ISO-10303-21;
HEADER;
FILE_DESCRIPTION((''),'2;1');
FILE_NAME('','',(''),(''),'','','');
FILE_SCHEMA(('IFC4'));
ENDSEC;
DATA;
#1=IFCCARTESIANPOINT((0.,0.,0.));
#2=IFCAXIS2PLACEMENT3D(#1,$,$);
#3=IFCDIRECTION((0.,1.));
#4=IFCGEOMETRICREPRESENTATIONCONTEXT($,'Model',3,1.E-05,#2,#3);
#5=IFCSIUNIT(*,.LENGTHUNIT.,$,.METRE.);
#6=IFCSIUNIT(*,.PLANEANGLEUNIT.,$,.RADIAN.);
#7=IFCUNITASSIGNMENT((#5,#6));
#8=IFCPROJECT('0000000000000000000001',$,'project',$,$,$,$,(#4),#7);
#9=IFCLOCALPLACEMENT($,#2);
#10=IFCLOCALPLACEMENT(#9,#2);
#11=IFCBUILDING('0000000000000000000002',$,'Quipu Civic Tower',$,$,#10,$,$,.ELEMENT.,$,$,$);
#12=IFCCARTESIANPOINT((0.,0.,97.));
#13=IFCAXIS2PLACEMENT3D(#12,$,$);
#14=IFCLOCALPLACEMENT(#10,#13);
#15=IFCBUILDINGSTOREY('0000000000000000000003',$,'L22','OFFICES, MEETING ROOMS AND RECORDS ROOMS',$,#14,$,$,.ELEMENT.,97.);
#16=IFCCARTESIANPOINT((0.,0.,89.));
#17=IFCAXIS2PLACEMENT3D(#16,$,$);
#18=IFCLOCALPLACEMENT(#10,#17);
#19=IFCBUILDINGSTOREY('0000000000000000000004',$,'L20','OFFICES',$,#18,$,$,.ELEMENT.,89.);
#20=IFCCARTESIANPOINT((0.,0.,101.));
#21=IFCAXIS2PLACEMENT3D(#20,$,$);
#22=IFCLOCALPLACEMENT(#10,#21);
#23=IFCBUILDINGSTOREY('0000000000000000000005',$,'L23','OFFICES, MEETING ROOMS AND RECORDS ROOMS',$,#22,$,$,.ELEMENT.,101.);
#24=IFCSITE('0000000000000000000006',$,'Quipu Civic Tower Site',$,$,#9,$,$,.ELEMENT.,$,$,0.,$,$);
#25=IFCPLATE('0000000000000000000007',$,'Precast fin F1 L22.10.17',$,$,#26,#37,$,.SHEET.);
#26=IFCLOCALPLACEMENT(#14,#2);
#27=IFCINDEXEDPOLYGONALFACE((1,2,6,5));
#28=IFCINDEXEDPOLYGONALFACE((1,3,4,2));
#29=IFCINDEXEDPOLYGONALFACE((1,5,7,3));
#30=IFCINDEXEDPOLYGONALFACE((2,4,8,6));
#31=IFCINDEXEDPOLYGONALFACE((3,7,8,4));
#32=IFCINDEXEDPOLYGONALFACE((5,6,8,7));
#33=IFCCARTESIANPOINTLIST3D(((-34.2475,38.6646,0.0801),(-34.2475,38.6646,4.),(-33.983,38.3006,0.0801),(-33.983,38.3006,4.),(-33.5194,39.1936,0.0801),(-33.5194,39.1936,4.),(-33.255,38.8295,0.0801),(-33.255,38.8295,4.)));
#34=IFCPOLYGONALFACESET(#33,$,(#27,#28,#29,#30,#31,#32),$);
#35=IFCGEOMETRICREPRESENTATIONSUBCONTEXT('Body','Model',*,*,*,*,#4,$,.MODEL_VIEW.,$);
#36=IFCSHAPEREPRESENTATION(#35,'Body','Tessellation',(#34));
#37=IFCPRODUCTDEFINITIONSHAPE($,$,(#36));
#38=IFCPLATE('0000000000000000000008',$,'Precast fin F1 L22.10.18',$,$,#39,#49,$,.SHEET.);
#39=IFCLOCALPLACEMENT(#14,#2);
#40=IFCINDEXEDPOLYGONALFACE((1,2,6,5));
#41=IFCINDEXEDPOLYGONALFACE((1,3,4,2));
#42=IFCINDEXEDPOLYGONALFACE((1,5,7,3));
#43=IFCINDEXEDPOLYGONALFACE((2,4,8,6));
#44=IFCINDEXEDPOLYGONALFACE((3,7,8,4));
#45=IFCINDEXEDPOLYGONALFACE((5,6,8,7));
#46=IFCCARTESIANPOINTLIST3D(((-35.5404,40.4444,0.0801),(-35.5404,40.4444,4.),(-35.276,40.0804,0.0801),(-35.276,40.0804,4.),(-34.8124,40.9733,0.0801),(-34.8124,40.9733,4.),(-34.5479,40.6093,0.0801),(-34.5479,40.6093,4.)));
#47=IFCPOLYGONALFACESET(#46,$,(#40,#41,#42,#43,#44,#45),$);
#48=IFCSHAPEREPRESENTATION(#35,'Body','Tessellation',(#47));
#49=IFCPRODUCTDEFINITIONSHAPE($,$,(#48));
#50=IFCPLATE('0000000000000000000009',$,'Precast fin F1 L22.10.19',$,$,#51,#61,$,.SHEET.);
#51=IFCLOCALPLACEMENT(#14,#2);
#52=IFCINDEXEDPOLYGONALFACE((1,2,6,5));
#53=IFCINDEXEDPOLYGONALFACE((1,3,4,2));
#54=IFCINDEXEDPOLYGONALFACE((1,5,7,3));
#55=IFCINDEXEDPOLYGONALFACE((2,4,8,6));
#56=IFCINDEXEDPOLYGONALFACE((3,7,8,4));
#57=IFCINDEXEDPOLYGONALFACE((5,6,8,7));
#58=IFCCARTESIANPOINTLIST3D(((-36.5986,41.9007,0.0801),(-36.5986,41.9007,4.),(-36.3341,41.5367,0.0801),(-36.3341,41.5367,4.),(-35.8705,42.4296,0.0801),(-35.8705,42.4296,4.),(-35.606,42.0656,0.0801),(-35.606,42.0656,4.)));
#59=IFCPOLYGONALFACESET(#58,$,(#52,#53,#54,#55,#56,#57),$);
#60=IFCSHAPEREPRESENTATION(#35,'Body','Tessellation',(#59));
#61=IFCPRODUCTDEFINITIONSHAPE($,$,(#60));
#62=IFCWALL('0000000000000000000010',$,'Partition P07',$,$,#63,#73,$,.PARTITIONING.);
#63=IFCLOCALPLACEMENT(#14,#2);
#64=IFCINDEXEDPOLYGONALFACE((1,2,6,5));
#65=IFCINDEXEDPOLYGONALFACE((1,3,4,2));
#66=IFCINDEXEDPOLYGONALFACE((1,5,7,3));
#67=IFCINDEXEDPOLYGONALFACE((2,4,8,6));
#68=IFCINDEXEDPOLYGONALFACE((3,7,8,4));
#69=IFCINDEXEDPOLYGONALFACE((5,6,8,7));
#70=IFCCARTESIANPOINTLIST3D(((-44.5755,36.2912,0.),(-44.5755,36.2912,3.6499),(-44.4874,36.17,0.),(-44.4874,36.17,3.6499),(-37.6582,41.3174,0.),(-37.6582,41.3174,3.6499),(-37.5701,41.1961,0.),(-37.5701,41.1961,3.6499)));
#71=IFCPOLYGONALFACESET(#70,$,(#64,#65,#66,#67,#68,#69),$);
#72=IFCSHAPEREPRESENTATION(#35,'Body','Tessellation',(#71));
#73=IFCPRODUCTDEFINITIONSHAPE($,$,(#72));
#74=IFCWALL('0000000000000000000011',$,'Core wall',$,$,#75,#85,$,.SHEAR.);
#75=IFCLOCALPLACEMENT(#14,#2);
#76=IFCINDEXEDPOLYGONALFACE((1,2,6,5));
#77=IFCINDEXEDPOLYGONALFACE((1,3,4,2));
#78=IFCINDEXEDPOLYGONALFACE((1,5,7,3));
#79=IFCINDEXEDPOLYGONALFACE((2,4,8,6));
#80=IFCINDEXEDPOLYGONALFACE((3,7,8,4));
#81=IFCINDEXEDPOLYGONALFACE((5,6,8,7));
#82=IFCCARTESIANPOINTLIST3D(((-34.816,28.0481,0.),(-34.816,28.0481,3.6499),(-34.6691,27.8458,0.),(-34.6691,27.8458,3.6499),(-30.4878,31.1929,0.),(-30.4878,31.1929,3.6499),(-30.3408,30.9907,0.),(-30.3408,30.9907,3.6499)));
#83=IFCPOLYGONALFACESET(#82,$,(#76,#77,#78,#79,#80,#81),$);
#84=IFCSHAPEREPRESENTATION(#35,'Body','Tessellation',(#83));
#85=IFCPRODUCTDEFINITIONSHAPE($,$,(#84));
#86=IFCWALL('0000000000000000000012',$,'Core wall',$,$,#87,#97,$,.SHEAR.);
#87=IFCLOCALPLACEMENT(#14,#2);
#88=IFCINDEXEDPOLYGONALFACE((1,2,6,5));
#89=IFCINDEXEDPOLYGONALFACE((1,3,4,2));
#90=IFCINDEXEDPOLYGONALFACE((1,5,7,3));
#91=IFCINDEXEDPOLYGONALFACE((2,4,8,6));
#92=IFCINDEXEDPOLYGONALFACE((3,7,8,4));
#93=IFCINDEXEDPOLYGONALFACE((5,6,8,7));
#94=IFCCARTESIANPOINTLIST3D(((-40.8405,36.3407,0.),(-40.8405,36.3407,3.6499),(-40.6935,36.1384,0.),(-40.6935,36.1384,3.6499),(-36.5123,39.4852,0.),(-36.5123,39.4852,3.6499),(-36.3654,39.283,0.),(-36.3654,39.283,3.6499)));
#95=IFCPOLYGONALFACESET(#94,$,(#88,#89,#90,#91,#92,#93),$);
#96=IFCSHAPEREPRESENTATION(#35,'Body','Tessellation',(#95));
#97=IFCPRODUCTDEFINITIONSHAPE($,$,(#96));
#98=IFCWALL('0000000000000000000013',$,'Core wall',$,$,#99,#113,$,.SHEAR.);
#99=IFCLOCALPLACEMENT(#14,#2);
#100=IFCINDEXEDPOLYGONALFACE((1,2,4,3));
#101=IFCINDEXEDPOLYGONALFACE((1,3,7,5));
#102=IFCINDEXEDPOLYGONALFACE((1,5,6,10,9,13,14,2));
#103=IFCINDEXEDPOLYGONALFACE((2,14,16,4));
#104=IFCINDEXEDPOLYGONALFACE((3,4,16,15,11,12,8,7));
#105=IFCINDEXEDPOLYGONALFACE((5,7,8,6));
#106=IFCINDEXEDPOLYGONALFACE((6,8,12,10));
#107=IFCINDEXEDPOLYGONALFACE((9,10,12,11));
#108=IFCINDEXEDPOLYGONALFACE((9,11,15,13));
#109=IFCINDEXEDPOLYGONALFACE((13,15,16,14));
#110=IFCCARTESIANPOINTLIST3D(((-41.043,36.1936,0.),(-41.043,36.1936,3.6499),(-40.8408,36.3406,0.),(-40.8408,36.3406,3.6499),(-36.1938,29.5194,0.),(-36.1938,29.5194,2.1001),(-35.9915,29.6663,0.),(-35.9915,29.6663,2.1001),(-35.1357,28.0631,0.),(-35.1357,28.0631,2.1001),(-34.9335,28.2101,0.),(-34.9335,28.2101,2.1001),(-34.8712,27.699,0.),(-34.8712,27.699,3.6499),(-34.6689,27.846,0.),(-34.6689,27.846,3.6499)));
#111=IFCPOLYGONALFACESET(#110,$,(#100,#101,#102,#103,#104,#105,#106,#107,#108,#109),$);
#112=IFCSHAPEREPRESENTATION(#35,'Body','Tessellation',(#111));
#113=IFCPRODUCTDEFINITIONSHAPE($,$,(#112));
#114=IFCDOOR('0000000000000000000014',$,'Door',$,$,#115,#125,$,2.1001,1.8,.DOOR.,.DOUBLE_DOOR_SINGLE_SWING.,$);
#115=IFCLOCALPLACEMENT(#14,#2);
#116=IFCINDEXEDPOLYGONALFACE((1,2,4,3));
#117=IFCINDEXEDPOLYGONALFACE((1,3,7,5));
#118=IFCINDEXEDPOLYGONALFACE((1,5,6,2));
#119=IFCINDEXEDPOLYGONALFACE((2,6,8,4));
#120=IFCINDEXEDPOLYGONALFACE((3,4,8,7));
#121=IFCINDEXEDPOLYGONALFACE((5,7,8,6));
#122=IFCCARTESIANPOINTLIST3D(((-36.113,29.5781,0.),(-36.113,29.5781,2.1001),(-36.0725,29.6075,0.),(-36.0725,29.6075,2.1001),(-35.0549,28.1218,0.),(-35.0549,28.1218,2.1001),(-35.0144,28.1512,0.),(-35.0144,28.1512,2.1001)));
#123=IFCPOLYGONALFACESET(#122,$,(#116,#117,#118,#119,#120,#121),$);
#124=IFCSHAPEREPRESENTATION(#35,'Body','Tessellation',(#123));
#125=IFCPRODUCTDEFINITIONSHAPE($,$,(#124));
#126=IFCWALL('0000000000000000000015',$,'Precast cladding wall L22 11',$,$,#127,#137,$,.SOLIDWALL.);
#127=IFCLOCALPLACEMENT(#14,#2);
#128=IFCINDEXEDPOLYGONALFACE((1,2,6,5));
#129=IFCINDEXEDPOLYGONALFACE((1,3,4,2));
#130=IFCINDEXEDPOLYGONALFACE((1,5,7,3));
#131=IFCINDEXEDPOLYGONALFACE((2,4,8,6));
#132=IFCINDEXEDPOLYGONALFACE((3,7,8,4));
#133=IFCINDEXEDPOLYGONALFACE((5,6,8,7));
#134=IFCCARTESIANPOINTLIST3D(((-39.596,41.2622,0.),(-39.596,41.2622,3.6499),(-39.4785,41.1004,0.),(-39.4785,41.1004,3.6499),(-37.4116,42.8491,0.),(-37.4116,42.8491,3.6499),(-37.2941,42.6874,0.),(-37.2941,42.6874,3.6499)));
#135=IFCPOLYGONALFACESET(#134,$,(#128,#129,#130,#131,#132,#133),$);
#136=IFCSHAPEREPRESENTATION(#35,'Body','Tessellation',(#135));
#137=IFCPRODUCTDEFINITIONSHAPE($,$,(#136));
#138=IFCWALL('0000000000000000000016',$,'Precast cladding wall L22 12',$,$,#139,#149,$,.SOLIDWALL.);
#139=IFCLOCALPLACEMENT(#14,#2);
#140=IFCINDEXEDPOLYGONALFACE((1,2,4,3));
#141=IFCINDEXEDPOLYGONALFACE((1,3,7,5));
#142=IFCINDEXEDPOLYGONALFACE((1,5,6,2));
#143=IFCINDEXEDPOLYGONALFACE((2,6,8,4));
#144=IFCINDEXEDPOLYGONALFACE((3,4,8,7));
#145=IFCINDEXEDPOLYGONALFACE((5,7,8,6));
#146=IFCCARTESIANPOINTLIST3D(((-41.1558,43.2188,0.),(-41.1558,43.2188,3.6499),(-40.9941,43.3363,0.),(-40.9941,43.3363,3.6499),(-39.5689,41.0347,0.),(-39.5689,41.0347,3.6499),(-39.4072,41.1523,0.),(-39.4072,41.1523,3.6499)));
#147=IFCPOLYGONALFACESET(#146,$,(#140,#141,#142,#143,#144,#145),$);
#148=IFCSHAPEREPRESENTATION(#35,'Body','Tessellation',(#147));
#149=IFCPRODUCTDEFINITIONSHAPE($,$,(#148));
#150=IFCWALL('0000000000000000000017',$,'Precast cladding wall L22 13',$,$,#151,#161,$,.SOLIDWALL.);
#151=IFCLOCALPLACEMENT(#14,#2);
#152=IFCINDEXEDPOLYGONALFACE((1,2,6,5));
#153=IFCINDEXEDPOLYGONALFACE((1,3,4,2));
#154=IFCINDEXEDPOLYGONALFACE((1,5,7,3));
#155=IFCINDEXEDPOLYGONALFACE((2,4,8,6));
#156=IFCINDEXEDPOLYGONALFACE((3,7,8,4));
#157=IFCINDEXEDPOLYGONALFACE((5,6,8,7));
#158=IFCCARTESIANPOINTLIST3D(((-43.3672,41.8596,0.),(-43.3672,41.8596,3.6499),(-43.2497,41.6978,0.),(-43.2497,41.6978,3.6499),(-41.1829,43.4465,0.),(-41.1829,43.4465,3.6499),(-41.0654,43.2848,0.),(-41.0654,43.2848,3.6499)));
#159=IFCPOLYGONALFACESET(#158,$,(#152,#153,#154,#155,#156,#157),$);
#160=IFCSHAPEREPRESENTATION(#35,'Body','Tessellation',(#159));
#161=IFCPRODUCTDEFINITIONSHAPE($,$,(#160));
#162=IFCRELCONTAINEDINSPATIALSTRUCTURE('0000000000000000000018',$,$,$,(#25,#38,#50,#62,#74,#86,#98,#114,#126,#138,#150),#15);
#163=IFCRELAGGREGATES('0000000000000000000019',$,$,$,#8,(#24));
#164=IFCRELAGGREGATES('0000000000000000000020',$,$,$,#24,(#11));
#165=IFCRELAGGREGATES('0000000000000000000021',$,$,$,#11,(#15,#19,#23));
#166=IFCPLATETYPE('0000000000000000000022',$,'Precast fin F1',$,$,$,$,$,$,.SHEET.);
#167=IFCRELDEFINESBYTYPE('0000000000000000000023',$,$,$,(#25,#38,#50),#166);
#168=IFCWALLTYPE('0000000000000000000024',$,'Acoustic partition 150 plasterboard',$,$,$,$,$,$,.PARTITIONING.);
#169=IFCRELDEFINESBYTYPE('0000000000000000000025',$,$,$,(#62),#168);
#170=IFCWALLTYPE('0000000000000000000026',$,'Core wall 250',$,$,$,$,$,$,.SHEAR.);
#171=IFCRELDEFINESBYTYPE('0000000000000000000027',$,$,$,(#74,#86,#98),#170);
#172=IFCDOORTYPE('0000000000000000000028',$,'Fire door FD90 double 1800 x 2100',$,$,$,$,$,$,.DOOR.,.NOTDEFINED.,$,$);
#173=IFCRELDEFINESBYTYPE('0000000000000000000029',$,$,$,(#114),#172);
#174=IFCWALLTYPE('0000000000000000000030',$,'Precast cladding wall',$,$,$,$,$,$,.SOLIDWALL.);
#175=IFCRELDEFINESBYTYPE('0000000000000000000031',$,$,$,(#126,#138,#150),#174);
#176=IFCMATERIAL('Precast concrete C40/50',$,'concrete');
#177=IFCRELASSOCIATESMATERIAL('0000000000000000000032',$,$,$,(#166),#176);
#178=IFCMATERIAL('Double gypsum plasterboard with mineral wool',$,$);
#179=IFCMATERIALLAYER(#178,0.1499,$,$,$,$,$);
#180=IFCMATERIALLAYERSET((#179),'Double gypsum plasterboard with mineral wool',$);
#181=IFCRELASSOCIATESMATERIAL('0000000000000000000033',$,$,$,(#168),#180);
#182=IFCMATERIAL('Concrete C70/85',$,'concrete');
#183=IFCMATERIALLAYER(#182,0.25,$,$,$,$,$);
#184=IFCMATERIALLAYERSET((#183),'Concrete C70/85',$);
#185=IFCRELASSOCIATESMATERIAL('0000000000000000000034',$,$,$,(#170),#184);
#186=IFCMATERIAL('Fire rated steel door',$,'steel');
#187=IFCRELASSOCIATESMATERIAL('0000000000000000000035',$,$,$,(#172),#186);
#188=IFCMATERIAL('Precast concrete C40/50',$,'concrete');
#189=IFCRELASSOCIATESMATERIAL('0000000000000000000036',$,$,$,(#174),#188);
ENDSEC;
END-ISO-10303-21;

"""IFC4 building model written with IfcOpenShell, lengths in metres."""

from ifc_helpers import new_model, si_unit, direction, frame, frame_2d, origin, origin_2d, place, context, subcontext, project, spatial, rectangle, extrude, material, layer, layer_set, type_object, element, fill, save


model = new_model("IFC4")

# Units and contexts
model_context = context("Model", 3, precision=1e-05, world=origin(), true_north=direction((0.0, 1.0)))
body_context = subcontext(model_context, "Body", "Model", "MODEL_VIEW")
ifc_project = project(units=[si_unit("LENGTHUNIT", "METRE"), si_unit("PLANEANGLEUNIT", "RADIAN")], contexts=[model_context])

# Site, building, storey
site_placement = place(None, origin())
site = spatial("IfcSite", under=ifc_project, at=site_placement, Name="Quipu Civic Tower Site", CompositionType="ELEMENT", RefElevation=0.0)
building_placement = place(site_placement, origin())
building = spatial("IfcBuilding", under=site, at=building_placement, Name="Quipu Civic Tower", CompositionType="ELEMENT")
storey_1_placement = place(building_placement, frame((0.0, 0.0, 97.0)))
storey_1 = spatial("IfcBuildingStorey", under=building, at=storey_1_placement, Name="L22", Description="OFFICES, MEETING ROOMS AND RECORDS ROOMS", CompositionType="ELEMENT", Elevation=97.0)

# Shared definitions
storey_2_placement = place(building_placement, frame((0.0, 0.0, 89.0)))
storey_2 = spatial("IfcBuildingStorey", under=building, at=storey_2_placement, Name="L20", Description="OFFICES", CompositionType="ELEMENT", Elevation=89.0)

# Shared definitions
storey_3_placement = place(building_placement, frame((0.0, 0.0, 101.0)))
storey_3 = spatial("IfcBuildingStorey", under=building, at=storey_3_placement, Name="L23", Description="OFFICES, MEETING ROOMS AND RECORDS ROOMS", CompositionType="ELEMENT", Elevation=101.0)

# Plates
ifc_material_1 = material(Name="Precast concrete C40/50", Category="concrete")
plate_type_1 = type_object("IfcPlateType", Name="Precast fin F1", PredefinedType="SHEET", material=ifc_material_1)
for number, where, z_axis, x_axis, name in (
    (1, (-33.7512, 38.7471, 0.0801), (0.0, 0.0, 1.0), (-0.587785, 0.809017, 0.0), "Precast fin F1 L22.10.17"),
    (2, (-35.0442, 40.5269, 0.0801), (0.0, 0.0, 1.0), (-0.587785, 0.809017, 0.0), "Precast fin F1 L22.10.18"),
    (3, (-36.1023, 41.9832, 0.0801), (0.0, 0.0, 1.0), (-0.587785, 0.809017, 0.0), "Precast fin F1 L22.10.19"),
):
    element("IfcPlate", number, at=place(storey_1_placement, frame(where, z_axis=z_axis, x_axis=x_axis)), inside=storey_1, type_object=plate_type_1, Name=name, PredefinedType="SHEET", context=body_context, shape_type="SweptSolid", body=[
        extrude(rectangle(XDim=0.45, YDim=0.8999, at=origin_2d()), origin(), (0.0, 0.0, 1.0), 3.9199),
    ])

# Walls
ifc_material_2 = material(Name="Double gypsum plasterboard with mineral wool")
ifc_layer_1 = layer(ifc_material_2, 0.1499)
ifc_layer_set_1 = layer_set([ifc_layer_1], Name="Double gypsum plasterboard with mineral wool")
wall_type_1 = type_object("IfcWallType", Name="Acoustic partition 150 plasterboard", PredefinedType="PARTITIONING", material=ifc_layer_set_1)
wall_1_placement = place(storey_1_placement, frame((-37.614, 41.2568, 0.0), z_axis=(0.0, 0.0, 1.0), x_axis=(-0.808992, -0.58782, 0.0)))
element("IfcWall", 4, at=wall_1_placement, inside=storey_1, type_object=wall_type_1, Name="Partition P07", PredefinedType="PARTITIONING", context=body_context, shape_type="SweptSolid", body=[
    extrude(rectangle(XDim=8.5505, YDim=0.1499, at=frame_2d((4.2754, 0.0))), origin(), (0.0, 0.0, 1.0), 3.6499),
])
ifc_material_3 = material(Name="Concrete C70/85", Category="concrete")
ifc_layer_2 = layer(ifc_material_3, 0.25)
ifc_layer_set_2 = layer_set([ifc_layer_2], Name="Concrete C70/85")
wall_type_2 = type_object("IfcWallType", Name="Core wall 250", PredefinedType="SHEAR", material=ifc_layer_set_2)
wall_2_placement = place(storey_1_placement, frame((-30.4143, 31.0918, 0.0), z_axis=(0.0, 0.0, 1.0), x_axis=(-0.808998, -0.587811, 0.0)))
element("IfcWall", 5, at=wall_2_placement, inside=storey_1, type_object=wall_type_2, Name="Core wall", PredefinedType="SHEAR", context=body_context, shape_type="SweptSolid", body=[
    extrude(rectangle(XDim=5.3501, YDim=0.25, at=frame_2d((2.675, 0.0))), origin(), (0.0, 0.0, 1.0), 3.6499),
])
wall_3_placement = place(storey_1_placement, frame((-36.439, 39.384, 0.0), z_axis=(0.0, 0.0, 1.0), x_axis=(-0.80902, -0.587781, 0.0)))
element("IfcWall", 6, at=wall_3_placement, inside=storey_1, type_object=wall_type_2, Name="Core wall", PredefinedType="SHEAR", context=body_context, shape_type="SweptSolid", body=[
    extrude(rectangle(XDim=5.3499, YDim=0.25, at=frame_2d((2.6748, 0.0))), origin(), (0.0, 0.0, 1.0), 3.6499),
])

# Wall, opening, door
wall_4_placement = place(storey_1_placement, frame((-40.9419, 36.2671, 0.0), z_axis=(0.0, 0.0, 1.0), x_axis=(0.587796, -0.809009, 0.0)))
wall_4 = element("IfcWall", 7, at=wall_4_placement, inside=storey_1, type_object=wall_type_2, Name="Core wall", PredefinedType="SHEAR", context=body_context, shape_type="SweptSolid", body=[
    extrude(rectangle(XDim=10.5, YDim=0.25, at=frame_2d((5.25, 0.0))), origin(), (0.0, 0.0, 1.0), 3.6499),
])
opening_placement = place(wall_4_placement, frame((8.25, 0.0, 0.0)))
opening = element("IfcOpeningElement", 8, at=opening_placement, cuts=wall_4, PredefinedType="OPENING", context=body_context, shape_type="SweptSolid", body=[
    extrude(rectangle(XDim=1.8, YDim=2.1001, at=frame_2d((0.8999, 1.05))), frame((0.0, 0.135, 0.0), z_axis=(0.0, -1.0, 0.0), x_axis=(1.0, 0.0, 0.0)), (0.0, 0.0, 1.0), 0.27),
])
ifc_material_4 = material(Name="Fire rated steel door", Category="steel")
door_type = type_object("IfcDoorType", Name="Fire door FD90 double 1800 x 2100", OperationType="NOTDEFINED", PredefinedType="DOOR", material=ifc_material_4)
door_placement = place(opening_placement, origin())
door = element("IfcDoor", 9, at=door_placement, inside=storey_1, type_object=door_type, Name="Door", OperationType="DOUBLE_DOOR_SINGLE_SWING", OverallHeight=2.1001, OverallWidth=1.8, PredefinedType="DOOR", context=body_context, shape_type="SweptSolid", body=[
    extrude(rectangle(XDim=1.8, YDim=2.1001, at=frame_2d((0.8999, 1.05))), frame((0.0, 0.0249, 0.0), z_axis=(0.0, -1.0, 0.0), x_axis=(1.0, 0.0, 0.0)), (0.0, 0.0, 1.0), 0.05),
])
fill(opening, door)

# Walls
ifc_material_5 = material(Name="Precast concrete C40/50", Category="concrete")
wall_type_3 = type_object("IfcWallType", Name="Precast cladding wall", PredefinedType="SOLIDWALL", material=ifc_material_5)
wall_5_placement = place(storey_1_placement, frame((-37.3528, 42.7683, 0.0), z_axis=(0.0, 0.0, 1.0), x_axis=(-0.809033, -0.587763, 0.0)))
element("IfcWall", 10, at=wall_5_placement, inside=storey_1, type_object=wall_type_3, Name="Precast cladding wall L22 11", PredefinedType="SOLIDWALL", context=body_context, shape_type="SweptSolid", body=[
    extrude(rectangle(XDim=2.7, YDim=0.2, at=frame_2d((1.3501, 0.0))), origin(), (0.0, 0.0, 1.0), 3.6499),
])
wall_6_placement = place(storey_1_placement, frame((-39.488, 41.0935, 0.0), z_axis=(0.0, 0.0, 1.0), x_axis=(-0.587806, 0.809002, 0.0)))
element("IfcWall", 11, at=wall_6_placement, inside=storey_1, type_object=wall_type_3, Name="Precast cladding wall L22 12", PredefinedType="SOLIDWALL", context=body_context, shape_type="SweptSolid", body=[
    extrude(rectangle(XDim=2.6997, YDim=0.2, at=frame_2d((1.3499, 0.0))), origin(), (0.0, 0.0, 1.0), 3.6499),
])
wall_7_placement = place(storey_1_placement, frame((-41.124, 43.3657, 0.0), z_axis=(0.0, 0.0, 1.0), x_axis=(-0.809033, -0.587763, 0.0)))
element("IfcWall", 12, at=wall_7_placement, inside=storey_1, type_object=wall_type_3, Name="Precast cladding wall L22 13", PredefinedType="SOLIDWALL", context=body_context, shape_type="SweptSolid", body=[
    extrude(rectangle(XDim=2.7, YDim=0.2, at=frame_2d((1.3501, 0.0))), origin(), (0.0, 0.0, 1.0), 3.6499),
])

save(model, "model.ifc")
